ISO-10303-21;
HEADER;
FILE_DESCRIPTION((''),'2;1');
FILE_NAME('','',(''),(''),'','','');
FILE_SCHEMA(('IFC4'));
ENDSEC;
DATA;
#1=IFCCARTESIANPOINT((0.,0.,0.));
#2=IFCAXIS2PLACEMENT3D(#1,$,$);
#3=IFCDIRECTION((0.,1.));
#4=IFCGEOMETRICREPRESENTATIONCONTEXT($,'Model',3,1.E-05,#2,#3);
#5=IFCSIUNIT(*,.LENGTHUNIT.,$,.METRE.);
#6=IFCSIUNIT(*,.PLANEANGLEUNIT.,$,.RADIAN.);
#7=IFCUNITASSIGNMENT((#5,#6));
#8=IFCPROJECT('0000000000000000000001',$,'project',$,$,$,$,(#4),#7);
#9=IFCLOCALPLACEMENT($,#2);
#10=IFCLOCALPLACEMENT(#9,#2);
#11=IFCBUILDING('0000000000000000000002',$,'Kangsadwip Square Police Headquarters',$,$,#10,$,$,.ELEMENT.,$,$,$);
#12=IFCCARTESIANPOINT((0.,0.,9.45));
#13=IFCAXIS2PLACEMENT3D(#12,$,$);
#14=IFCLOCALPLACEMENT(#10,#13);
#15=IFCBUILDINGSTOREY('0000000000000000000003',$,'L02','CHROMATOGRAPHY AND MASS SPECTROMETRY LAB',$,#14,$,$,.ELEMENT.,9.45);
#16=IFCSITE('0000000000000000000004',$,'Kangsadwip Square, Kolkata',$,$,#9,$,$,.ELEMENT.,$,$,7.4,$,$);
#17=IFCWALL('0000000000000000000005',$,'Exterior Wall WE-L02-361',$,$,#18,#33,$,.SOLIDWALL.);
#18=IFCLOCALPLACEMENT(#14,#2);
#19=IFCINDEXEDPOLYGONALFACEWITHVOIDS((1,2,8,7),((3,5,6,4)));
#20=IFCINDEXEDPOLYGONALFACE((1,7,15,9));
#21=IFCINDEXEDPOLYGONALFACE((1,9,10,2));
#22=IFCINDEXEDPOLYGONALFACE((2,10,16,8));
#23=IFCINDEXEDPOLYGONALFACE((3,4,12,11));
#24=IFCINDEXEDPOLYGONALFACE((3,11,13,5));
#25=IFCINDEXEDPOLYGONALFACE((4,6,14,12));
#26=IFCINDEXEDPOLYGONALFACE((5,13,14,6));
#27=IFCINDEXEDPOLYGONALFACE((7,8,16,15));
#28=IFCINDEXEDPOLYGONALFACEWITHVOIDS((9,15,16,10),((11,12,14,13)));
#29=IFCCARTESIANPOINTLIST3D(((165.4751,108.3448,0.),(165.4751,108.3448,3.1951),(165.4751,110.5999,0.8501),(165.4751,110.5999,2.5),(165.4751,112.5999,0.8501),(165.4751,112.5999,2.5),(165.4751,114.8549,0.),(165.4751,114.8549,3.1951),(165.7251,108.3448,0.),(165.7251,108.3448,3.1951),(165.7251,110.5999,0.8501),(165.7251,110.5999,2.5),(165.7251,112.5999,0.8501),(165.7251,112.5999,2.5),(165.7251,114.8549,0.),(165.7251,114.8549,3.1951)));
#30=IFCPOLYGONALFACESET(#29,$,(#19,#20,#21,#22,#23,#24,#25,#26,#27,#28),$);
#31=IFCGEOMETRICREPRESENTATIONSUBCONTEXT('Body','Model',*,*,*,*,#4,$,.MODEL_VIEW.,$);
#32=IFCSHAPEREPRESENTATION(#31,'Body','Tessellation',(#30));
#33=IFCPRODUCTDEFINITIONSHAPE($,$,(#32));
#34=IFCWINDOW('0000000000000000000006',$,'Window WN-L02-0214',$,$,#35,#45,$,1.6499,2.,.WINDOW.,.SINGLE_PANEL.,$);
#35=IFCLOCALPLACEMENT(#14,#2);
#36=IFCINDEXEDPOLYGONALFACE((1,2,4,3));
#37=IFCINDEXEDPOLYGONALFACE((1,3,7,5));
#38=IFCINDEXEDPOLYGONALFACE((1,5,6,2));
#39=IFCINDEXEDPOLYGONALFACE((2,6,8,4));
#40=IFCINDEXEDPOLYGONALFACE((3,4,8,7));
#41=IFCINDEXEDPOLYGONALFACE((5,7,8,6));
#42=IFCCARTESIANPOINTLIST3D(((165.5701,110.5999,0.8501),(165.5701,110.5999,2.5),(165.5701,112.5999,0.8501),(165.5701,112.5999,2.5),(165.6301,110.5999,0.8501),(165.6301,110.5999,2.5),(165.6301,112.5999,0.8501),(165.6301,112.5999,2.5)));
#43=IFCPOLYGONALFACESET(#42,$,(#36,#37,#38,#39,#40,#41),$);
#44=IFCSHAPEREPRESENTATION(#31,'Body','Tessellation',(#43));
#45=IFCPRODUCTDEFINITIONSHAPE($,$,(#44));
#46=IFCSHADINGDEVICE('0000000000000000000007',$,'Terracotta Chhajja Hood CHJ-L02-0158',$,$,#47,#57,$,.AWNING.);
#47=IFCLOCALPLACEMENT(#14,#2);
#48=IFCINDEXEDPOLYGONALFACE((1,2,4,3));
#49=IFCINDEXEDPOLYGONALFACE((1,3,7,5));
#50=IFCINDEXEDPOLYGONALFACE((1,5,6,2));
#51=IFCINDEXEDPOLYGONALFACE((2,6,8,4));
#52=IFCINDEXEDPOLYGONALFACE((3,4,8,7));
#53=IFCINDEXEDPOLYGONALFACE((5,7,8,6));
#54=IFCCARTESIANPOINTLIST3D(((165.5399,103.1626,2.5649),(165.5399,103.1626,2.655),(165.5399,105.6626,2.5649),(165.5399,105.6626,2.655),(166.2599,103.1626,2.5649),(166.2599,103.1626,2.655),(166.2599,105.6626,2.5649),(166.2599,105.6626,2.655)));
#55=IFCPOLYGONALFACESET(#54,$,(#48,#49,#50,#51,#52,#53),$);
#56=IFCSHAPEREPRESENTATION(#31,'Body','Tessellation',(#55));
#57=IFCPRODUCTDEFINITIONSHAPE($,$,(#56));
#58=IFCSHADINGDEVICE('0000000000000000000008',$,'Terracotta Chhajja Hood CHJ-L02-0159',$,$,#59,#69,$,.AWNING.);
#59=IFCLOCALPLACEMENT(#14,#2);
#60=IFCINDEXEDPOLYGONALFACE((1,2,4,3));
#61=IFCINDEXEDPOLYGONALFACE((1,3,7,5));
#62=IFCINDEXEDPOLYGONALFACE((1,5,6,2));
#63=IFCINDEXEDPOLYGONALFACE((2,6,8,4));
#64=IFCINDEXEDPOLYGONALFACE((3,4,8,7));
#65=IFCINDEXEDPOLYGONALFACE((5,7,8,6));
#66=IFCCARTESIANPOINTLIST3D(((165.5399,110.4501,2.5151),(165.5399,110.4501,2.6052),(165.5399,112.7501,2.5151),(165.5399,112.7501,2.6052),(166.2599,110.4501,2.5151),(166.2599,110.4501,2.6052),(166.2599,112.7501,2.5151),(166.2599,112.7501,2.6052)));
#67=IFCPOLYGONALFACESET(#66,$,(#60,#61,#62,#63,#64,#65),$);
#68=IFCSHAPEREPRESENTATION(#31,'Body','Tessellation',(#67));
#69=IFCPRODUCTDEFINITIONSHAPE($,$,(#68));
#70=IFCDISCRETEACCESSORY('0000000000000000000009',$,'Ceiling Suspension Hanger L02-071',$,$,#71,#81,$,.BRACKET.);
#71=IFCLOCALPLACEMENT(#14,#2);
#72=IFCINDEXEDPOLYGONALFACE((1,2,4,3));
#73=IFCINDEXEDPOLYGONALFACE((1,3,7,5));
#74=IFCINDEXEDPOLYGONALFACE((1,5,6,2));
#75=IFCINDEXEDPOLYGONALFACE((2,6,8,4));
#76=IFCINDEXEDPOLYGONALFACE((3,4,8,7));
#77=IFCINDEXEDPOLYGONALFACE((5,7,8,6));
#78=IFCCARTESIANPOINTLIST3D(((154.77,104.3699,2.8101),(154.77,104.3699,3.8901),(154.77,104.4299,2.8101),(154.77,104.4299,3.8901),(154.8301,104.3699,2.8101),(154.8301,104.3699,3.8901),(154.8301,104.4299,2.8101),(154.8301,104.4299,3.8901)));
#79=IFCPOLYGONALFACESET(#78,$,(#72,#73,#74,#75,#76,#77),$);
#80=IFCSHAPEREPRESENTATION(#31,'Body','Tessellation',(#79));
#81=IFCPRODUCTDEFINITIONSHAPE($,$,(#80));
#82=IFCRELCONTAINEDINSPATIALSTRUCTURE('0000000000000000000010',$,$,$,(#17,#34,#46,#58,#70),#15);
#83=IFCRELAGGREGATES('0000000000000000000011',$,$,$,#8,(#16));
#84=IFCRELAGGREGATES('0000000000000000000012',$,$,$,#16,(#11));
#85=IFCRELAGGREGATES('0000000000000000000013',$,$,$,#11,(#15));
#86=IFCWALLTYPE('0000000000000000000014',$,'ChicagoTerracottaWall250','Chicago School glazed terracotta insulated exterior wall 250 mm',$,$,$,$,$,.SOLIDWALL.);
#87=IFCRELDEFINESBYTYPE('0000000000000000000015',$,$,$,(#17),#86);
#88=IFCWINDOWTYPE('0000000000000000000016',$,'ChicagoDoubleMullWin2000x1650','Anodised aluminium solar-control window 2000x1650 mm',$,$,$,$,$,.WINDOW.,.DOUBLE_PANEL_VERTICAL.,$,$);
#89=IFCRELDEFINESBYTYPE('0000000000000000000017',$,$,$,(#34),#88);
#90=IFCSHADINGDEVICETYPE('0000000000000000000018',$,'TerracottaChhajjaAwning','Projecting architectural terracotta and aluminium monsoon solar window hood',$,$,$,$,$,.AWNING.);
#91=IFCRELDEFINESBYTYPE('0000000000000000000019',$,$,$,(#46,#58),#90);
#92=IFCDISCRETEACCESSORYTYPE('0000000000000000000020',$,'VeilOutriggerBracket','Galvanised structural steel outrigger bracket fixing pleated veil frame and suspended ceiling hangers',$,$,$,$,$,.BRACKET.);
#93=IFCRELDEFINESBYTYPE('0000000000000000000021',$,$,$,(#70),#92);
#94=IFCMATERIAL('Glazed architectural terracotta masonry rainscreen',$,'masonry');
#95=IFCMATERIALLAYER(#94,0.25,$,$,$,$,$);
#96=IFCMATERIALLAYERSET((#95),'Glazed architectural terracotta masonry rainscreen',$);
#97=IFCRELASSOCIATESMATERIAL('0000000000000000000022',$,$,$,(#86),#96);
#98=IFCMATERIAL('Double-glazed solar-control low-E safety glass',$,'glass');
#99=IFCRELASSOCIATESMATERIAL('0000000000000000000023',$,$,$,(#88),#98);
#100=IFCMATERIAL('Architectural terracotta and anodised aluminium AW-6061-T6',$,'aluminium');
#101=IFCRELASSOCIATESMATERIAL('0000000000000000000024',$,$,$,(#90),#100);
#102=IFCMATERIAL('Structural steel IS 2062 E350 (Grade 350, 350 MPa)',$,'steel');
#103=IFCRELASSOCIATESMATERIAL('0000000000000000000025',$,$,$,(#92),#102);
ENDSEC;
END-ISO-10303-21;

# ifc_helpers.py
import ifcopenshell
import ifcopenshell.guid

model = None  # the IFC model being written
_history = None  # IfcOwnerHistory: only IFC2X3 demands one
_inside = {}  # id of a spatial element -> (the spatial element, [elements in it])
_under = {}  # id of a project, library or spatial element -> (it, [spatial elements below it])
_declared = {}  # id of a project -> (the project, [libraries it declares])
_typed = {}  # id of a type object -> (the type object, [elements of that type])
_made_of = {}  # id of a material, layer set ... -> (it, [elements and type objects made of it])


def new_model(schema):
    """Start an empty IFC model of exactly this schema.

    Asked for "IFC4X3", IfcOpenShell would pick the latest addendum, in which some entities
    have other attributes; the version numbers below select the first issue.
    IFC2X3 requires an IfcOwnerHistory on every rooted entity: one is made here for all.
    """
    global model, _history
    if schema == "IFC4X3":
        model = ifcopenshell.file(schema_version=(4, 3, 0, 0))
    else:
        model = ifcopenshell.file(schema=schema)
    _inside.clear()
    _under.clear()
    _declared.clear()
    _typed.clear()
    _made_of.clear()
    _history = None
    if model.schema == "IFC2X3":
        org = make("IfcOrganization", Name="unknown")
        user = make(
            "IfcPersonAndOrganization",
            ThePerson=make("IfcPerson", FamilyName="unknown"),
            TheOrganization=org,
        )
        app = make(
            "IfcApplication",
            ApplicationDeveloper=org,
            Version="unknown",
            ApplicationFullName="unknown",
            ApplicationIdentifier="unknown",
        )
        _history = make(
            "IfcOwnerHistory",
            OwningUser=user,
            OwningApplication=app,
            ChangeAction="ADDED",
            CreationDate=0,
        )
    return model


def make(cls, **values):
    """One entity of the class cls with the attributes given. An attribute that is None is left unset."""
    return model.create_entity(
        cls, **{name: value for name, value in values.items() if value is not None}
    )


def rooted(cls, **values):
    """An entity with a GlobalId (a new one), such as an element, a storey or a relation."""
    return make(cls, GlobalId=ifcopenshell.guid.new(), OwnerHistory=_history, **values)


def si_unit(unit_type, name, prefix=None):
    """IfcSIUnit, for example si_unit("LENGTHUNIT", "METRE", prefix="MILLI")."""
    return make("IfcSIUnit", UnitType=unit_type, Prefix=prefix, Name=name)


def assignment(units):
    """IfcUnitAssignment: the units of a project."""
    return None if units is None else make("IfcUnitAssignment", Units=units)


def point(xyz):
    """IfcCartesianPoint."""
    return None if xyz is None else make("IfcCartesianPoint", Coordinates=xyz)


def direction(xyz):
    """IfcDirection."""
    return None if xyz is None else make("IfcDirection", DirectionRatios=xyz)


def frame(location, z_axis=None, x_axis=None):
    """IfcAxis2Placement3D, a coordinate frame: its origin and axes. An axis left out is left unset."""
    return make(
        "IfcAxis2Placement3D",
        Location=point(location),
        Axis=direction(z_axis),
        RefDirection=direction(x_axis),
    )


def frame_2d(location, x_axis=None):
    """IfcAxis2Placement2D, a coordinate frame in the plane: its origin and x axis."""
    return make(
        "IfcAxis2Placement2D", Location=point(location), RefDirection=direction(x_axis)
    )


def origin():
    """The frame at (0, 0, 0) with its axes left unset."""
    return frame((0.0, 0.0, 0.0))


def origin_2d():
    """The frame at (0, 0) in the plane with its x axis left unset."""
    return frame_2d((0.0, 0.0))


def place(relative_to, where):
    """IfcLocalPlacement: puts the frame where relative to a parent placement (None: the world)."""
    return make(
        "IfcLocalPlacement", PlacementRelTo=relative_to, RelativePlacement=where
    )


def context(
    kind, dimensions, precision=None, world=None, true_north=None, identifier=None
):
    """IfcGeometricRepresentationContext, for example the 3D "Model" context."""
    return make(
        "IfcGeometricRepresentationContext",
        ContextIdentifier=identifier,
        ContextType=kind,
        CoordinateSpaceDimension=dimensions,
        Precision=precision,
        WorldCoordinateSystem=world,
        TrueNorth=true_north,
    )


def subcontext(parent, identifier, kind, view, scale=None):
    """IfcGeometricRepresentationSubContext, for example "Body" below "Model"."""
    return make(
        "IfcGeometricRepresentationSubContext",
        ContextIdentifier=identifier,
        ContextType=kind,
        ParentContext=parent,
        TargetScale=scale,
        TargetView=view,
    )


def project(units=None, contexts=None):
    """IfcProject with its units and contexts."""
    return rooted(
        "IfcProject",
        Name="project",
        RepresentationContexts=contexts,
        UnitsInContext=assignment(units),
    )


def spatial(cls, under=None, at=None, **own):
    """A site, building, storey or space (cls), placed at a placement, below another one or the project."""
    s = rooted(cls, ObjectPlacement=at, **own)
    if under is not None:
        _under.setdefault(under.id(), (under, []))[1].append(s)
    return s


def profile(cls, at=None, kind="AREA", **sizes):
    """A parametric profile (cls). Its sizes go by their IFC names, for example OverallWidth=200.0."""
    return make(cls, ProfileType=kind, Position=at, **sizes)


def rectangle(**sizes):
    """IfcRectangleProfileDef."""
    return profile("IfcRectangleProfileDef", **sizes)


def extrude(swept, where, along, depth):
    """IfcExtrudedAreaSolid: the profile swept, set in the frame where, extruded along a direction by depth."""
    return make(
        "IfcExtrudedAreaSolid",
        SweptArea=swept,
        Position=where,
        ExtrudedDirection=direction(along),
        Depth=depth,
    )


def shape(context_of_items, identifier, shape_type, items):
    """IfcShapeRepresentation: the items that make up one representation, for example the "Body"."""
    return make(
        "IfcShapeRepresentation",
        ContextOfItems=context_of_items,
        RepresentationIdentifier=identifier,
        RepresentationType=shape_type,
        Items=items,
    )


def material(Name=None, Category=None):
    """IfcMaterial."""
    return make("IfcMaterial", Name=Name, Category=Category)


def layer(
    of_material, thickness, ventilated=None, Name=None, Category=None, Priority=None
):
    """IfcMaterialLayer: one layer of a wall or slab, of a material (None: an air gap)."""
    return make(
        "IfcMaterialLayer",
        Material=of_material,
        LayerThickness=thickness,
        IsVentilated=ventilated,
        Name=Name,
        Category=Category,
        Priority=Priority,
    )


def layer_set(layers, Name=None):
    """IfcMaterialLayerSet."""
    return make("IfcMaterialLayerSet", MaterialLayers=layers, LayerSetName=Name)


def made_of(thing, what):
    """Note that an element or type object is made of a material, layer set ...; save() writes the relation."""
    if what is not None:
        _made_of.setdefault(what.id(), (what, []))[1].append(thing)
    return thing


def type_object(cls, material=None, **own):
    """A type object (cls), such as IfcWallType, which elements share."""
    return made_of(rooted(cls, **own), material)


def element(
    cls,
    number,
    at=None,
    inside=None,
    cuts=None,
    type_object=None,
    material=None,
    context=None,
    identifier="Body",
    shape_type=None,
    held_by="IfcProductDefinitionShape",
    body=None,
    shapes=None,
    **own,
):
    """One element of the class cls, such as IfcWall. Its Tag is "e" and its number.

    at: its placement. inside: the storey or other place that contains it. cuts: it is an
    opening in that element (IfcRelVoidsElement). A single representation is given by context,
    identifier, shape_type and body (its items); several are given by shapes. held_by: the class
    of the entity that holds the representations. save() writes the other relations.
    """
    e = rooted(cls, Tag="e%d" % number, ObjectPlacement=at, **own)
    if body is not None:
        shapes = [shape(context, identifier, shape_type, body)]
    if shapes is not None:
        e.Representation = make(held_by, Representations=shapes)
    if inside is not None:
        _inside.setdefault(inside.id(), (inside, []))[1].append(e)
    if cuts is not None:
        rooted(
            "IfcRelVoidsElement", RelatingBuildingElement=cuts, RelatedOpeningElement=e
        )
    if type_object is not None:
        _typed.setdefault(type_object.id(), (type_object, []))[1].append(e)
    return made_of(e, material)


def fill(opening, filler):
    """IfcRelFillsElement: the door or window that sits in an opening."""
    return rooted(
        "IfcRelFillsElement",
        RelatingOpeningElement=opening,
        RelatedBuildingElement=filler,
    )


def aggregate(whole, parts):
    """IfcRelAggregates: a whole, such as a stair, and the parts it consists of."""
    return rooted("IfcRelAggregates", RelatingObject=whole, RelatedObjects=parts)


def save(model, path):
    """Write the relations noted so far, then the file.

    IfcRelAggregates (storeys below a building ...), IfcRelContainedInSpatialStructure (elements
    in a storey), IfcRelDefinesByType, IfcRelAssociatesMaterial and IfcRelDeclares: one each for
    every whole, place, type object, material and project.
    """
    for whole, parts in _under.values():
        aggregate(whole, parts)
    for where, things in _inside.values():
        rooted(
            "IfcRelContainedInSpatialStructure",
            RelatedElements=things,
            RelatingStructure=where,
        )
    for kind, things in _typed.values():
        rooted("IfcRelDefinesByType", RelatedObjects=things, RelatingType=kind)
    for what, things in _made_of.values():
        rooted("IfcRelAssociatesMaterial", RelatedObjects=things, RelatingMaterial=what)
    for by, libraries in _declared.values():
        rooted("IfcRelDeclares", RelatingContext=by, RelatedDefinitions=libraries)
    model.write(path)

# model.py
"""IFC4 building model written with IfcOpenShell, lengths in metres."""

from ifc_helpers import new_model, si_unit, direction, frame, frame_2d, origin, origin_2d, place, context, subcontext, project, spatial, rectangle, extrude, material, layer, layer_set, type_object, element, fill, save


model = new_model("IFC4")

# Units and contexts
model_context = context("Model", 3, precision=1e-05, world=origin(), true_north=direction((0.0, 1.0)))
body_context = subcontext(model_context, "Body", "Model", "MODEL_VIEW")
ifc_project = project(units=[si_unit("LENGTHUNIT", "METRE"), si_unit("PLANEANGLEUNIT", "RADIAN")], contexts=[model_context])

# Site, building, storey
site_placement = place(None, origin())
site = spatial("IfcSite", under=ifc_project, at=site_placement, Name="Kangsadwip Square, Kolkata", CompositionType="ELEMENT", RefElevation=7.4)
building_placement = place(site_placement, origin())
building = spatial("IfcBuilding", under=site, at=building_placement, Name="Kangsadwip Square Police Headquarters", CompositionType="ELEMENT")
storey_placement = place(building_placement, frame((0.0, 0.0, 9.45)))
storey = spatial("IfcBuildingStorey", under=building, at=storey_placement, Name="L02", Description="CHROMATOGRAPHY AND MASS SPECTROMETRY LAB", CompositionType="ELEMENT", Elevation=9.45)

# Wall, opening, window
ifc_material_1 = material(Name="Glazed architectural terracotta masonry rainscreen", Category="masonry")
ifc_layer_1 = layer(ifc_material_1, 0.25)
ifc_layer_set_1 = layer_set([ifc_layer_1], Name="Glazed architectural terracotta masonry rainscreen")
wall_type = type_object("IfcWallType", Name="ChicagoTerracottaWall250", Description="Chicago School glazed terracotta insulated exterior wall 250 mm", PredefinedType="SOLIDWALL", material=ifc_layer_set_1)
wall_1_placement = place(storey_placement, frame((165.6001, 108.345, 0.0), z_axis=(0.0, 0.0, 1.0), x_axis=(0.0, 1.0, 0.0)))
wall_1 = element("IfcWall", 1, at=wall_1_placement, inside=storey, type_object=wall_type, Name="Exterior Wall WE-L02-361", PredefinedType="SOLIDWALL", context=body_context, shape_type="SweptSolid", body=[
    extrude(rectangle(XDim=6.51, YDim=0.25, at=frame_2d((3.2549, 0.0))), origin(), (0.0, 0.0, 1.0), 3.1951),
])
opening_1_placement = place(wall_1_placement, frame((2.2549, 0.0, 0.8501)))
opening_1 = element("IfcOpeningElement", 2, at=opening_1_placement, cuts=wall_1, PredefinedType="OPENING", context=body_context, shape_type="SweptSolid", body=[
    extrude(rectangle(XDim=2.0, YDim=1.6499, at=frame_2d((1.0, 0.825))), frame((0.0, 0.135, 0.0), z_axis=(0.0, -1.0, 0.0), x_axis=(1.0, 0.0, 0.0)), (0.0, 0.0, 1.0), 0.27),
])
ifc_material_2 = material(Name="Double-glazed solar-control low-E safety glass", Category="glass")
window_type_1 = type_object("IfcWindowType", Name="ChicagoDoubleMullWin2000x1650", Description="Anodised aluminium solar-control window 2000x1650 mm", PartitioningType="DOUBLE_PANEL_VERTICAL", PredefinedType="WINDOW", material=ifc_material_2)
window_1_placement = place(opening_1_placement, origin())
window_1 = element("IfcWindow", 3, at=window_1_placement, inside=storey, type_object=window_type_1, Name="Window WN-L02-0214", OverallHeight=1.6499, OverallWidth=2.0, PartitioningType="SINGLE_PANEL", PredefinedType="WINDOW", context=body_context, shape_type="SweptSolid", body=[
    extrude(rectangle(XDim=2.0, YDim=1.6499, at=frame_2d((1.0, 0.825))), frame((0.0, 0.03, 0.0), z_axis=(0.0, -1.0, 0.0), x_axis=(1.0, 0.0, 0.0)), (0.0, 0.0, 1.0), 0.0601),
])
fill(opening_1, window_1)

# Shading devices
ifc_material_3 = material(Name="Architectural terracotta and anodised aluminium AW-6061-T6", Category="aluminium")
shading_device_type = type_object("IfcShadingDeviceType", Name="TerracottaChhajjaAwning", Description="Projecting architectural terracotta and aluminium monsoon solar window hood", PredefinedType="AWNING", material=ifc_material_3)
shading_device_1_placement = place(storey_placement, frame((165.8999, 104.4126, 2.5649), z_axis=(0.0, 0.0, 1.0), x_axis=(0.0, 1.0, 0.0)))
element("IfcShadingDevice", 4, at=shading_device_1_placement, inside=storey, type_object=shading_device_type, Name="Terracotta Chhajja Hood CHJ-L02-0158", PredefinedType="AWNING", context=body_context, shape_type="SweptSolid", body=[
    extrude(rectangle(XDim=2.5, YDim=0.72, at=origin_2d()), origin(), (0.0, 0.0, 1.0), 0.0901),
])
shading_device_2_placement = place(storey_placement, frame((165.8999, 111.6001, 2.5151), z_axis=(0.0, 0.0, 1.0), x_axis=(0.0, 1.0, 0.0)))
element("IfcShadingDevice", 5, at=shading_device_2_placement, inside=storey, type_object=shading_device_type, Name="Terracotta Chhajja Hood CHJ-L02-0159", PredefinedType="AWNING", context=body_context, shape_type="SweptSolid", body=[
    extrude(rectangle(XDim=2.3, YDim=0.72, at=origin_2d()), origin(), (0.0, 0.0, 1.0), 0.0901),
])

# Discrete accessory
ifc_material_4 = material(Name="Structural steel IS 2062 E350 (Grade 350, 350 MPa)", Category="steel")
discrete_accessory_type = type_object("IfcDiscreteAccessoryType", Name="VeilOutriggerBracket", Description="Galvanised structural steel outrigger bracket fixing pleated veil frame and suspended ceiling hangers", PredefinedType="BRACKET", material=ifc_material_4)
discrete_accessory_placement = place(storey_placement, frame((154.8, 104.3999, 2.8101), z_axis=(0.0, 0.0, 1.0), x_axis=(1.0, 0.0, 0.0)))
element("IfcDiscreteAccessory", 6, at=discrete_accessory_placement, inside=storey, type_object=discrete_accessory_type, Name="Ceiling Suspension Hanger L02-071", PredefinedType="BRACKET", context=body_context, shape_type="SweptSolid", body=[
    extrude(rectangle(XDim=0.0601, YDim=0.0601, at=origin_2d()), origin(), (0.0, 0.0, 1.0), 1.0801),
])

save(model, "model.ifc")
